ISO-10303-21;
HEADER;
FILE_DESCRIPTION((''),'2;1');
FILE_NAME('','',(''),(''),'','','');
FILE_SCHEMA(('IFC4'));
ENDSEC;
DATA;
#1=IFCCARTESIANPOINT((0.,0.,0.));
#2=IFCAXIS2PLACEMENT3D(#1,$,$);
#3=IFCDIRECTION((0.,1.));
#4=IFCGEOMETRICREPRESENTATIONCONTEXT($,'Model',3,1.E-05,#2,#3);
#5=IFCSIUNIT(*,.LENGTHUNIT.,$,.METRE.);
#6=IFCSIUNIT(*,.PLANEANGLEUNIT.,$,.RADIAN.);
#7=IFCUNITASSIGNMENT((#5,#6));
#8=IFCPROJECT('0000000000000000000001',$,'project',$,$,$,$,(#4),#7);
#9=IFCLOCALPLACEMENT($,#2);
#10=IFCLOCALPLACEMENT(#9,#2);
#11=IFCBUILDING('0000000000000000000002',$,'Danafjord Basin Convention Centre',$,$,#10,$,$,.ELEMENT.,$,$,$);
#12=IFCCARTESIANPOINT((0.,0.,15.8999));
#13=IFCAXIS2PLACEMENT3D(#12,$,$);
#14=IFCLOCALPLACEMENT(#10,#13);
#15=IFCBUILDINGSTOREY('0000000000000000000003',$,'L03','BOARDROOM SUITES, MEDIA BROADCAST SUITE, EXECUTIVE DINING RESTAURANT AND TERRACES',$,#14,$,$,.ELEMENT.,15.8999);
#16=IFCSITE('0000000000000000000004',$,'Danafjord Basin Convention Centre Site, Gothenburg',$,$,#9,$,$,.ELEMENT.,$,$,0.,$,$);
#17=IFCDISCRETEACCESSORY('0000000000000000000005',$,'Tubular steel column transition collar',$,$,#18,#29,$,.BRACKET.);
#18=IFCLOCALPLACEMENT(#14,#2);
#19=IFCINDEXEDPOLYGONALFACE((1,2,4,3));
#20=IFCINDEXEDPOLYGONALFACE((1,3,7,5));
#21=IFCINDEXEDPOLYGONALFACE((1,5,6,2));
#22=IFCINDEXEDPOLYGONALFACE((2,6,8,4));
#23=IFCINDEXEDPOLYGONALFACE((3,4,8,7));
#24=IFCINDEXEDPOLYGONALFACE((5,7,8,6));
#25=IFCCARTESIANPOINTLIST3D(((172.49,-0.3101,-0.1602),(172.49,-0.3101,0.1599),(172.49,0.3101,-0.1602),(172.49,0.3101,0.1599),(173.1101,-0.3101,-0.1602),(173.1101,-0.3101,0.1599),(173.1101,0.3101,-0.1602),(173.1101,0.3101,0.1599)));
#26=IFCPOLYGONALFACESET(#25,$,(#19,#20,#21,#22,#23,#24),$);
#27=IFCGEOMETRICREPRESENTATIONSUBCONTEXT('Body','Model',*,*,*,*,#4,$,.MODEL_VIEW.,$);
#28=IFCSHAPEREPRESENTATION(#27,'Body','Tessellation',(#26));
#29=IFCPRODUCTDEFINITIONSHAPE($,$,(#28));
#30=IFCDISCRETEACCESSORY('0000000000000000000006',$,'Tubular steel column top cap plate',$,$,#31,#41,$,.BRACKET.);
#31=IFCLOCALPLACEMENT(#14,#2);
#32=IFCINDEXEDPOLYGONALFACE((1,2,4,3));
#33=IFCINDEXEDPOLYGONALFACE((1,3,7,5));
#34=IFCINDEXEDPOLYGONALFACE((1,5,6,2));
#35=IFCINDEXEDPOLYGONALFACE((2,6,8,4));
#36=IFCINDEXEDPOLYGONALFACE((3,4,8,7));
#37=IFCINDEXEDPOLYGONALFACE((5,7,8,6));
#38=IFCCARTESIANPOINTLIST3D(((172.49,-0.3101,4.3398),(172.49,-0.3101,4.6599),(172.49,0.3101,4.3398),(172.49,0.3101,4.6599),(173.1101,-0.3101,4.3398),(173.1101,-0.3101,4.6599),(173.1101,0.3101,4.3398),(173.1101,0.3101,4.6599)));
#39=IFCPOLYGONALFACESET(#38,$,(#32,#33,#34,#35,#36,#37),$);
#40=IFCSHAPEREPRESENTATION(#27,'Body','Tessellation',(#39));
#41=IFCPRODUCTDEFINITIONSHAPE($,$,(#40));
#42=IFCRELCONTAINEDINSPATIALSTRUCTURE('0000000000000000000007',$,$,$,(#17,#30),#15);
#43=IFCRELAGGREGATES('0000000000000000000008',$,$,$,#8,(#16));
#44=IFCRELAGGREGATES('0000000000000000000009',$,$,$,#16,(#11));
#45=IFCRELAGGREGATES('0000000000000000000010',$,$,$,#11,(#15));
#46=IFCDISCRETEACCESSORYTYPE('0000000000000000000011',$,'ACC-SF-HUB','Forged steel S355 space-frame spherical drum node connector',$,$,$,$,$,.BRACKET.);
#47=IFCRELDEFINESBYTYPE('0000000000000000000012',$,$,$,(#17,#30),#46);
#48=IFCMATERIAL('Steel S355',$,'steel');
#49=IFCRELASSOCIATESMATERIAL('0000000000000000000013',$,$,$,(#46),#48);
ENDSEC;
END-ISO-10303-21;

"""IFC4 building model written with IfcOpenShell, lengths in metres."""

from ifc_helpers import new_model, si_unit, direction, frame, origin, origin_2d, place, context, subcontext, project, spatial, rectangle, extrude, material, type_object, element, save


model = new_model("IFC4")

# Units and contexts
model_context = context("Model", 3, precision=1e-05, world=origin(), true_north=direction((0.0, 1.0)))
body_context = subcontext(model_context, "Body", "Model", "MODEL_VIEW")
ifc_project = project(units=[si_unit("LENGTHUNIT", "METRE"), si_unit("PLANEANGLEUNIT", "RADIAN")], contexts=[model_context])

# Site, building, storey
site_placement = place(None, origin())
site = spatial("IfcSite", under=ifc_project, at=site_placement, Name="Danafjord Basin Convention Centre Site, Gothenburg", CompositionType="ELEMENT", RefElevation=0.0)
building_placement = place(site_placement, origin())
building = spatial("IfcBuilding", under=site, at=building_placement, Name="Danafjord Basin Convention Centre", CompositionType="ELEMENT")
storey_placement = place(building_placement, frame((0.0, 0.0, 15.8999)))
storey = spatial("IfcBuildingStorey", under=building, at=storey_placement, Name="L03", Description="BOARDROOM SUITES, MEDIA BROADCAST SUITE, EXECUTIVE DINING RESTAURANT AND TERRACES", CompositionType="ELEMENT", Elevation=15.8999)

# Shared definitions
ifc_material_1 = material(Name="Steel S355", Category="steel")

# Discrete accessories
discrete_accessory_type_1 = type_object("IfcDiscreteAccessoryType", Name="ACC-SF-HUB", Description="Forged steel S355 space-frame spherical drum node connector", PredefinedType="BRACKET", material=ifc_material_1)
for number, where, z_axis, x_axis, name in (
    (1, (172.8, 0.0, -0.1602), (0.0, 0.0, 1.0), (1.0, 0.0, 0.0), "Tubular steel column transition collar"),
    (2, (172.8, 0.0, 4.3398), (0.0, 0.0, 1.0), (1.0, 0.0, 0.0), "Tubular steel column top cap plate"),
):
    element("IfcDiscreteAccessory", number, at=place(storey_placement, frame(where, z_axis=z_axis, x_axis=x_axis)), inside=storey, type_object=discrete_accessory_type_1, Name=name, PredefinedType="BRACKET", context=body_context, shape_type="SweptSolid", body=[
        extrude(rectangle(XDim=0.6201, YDim=0.6201, at=origin_2d()), origin(), (0.0, 0.0, 1.0), 0.3201),
    ])

save(model, "model.ifc")
